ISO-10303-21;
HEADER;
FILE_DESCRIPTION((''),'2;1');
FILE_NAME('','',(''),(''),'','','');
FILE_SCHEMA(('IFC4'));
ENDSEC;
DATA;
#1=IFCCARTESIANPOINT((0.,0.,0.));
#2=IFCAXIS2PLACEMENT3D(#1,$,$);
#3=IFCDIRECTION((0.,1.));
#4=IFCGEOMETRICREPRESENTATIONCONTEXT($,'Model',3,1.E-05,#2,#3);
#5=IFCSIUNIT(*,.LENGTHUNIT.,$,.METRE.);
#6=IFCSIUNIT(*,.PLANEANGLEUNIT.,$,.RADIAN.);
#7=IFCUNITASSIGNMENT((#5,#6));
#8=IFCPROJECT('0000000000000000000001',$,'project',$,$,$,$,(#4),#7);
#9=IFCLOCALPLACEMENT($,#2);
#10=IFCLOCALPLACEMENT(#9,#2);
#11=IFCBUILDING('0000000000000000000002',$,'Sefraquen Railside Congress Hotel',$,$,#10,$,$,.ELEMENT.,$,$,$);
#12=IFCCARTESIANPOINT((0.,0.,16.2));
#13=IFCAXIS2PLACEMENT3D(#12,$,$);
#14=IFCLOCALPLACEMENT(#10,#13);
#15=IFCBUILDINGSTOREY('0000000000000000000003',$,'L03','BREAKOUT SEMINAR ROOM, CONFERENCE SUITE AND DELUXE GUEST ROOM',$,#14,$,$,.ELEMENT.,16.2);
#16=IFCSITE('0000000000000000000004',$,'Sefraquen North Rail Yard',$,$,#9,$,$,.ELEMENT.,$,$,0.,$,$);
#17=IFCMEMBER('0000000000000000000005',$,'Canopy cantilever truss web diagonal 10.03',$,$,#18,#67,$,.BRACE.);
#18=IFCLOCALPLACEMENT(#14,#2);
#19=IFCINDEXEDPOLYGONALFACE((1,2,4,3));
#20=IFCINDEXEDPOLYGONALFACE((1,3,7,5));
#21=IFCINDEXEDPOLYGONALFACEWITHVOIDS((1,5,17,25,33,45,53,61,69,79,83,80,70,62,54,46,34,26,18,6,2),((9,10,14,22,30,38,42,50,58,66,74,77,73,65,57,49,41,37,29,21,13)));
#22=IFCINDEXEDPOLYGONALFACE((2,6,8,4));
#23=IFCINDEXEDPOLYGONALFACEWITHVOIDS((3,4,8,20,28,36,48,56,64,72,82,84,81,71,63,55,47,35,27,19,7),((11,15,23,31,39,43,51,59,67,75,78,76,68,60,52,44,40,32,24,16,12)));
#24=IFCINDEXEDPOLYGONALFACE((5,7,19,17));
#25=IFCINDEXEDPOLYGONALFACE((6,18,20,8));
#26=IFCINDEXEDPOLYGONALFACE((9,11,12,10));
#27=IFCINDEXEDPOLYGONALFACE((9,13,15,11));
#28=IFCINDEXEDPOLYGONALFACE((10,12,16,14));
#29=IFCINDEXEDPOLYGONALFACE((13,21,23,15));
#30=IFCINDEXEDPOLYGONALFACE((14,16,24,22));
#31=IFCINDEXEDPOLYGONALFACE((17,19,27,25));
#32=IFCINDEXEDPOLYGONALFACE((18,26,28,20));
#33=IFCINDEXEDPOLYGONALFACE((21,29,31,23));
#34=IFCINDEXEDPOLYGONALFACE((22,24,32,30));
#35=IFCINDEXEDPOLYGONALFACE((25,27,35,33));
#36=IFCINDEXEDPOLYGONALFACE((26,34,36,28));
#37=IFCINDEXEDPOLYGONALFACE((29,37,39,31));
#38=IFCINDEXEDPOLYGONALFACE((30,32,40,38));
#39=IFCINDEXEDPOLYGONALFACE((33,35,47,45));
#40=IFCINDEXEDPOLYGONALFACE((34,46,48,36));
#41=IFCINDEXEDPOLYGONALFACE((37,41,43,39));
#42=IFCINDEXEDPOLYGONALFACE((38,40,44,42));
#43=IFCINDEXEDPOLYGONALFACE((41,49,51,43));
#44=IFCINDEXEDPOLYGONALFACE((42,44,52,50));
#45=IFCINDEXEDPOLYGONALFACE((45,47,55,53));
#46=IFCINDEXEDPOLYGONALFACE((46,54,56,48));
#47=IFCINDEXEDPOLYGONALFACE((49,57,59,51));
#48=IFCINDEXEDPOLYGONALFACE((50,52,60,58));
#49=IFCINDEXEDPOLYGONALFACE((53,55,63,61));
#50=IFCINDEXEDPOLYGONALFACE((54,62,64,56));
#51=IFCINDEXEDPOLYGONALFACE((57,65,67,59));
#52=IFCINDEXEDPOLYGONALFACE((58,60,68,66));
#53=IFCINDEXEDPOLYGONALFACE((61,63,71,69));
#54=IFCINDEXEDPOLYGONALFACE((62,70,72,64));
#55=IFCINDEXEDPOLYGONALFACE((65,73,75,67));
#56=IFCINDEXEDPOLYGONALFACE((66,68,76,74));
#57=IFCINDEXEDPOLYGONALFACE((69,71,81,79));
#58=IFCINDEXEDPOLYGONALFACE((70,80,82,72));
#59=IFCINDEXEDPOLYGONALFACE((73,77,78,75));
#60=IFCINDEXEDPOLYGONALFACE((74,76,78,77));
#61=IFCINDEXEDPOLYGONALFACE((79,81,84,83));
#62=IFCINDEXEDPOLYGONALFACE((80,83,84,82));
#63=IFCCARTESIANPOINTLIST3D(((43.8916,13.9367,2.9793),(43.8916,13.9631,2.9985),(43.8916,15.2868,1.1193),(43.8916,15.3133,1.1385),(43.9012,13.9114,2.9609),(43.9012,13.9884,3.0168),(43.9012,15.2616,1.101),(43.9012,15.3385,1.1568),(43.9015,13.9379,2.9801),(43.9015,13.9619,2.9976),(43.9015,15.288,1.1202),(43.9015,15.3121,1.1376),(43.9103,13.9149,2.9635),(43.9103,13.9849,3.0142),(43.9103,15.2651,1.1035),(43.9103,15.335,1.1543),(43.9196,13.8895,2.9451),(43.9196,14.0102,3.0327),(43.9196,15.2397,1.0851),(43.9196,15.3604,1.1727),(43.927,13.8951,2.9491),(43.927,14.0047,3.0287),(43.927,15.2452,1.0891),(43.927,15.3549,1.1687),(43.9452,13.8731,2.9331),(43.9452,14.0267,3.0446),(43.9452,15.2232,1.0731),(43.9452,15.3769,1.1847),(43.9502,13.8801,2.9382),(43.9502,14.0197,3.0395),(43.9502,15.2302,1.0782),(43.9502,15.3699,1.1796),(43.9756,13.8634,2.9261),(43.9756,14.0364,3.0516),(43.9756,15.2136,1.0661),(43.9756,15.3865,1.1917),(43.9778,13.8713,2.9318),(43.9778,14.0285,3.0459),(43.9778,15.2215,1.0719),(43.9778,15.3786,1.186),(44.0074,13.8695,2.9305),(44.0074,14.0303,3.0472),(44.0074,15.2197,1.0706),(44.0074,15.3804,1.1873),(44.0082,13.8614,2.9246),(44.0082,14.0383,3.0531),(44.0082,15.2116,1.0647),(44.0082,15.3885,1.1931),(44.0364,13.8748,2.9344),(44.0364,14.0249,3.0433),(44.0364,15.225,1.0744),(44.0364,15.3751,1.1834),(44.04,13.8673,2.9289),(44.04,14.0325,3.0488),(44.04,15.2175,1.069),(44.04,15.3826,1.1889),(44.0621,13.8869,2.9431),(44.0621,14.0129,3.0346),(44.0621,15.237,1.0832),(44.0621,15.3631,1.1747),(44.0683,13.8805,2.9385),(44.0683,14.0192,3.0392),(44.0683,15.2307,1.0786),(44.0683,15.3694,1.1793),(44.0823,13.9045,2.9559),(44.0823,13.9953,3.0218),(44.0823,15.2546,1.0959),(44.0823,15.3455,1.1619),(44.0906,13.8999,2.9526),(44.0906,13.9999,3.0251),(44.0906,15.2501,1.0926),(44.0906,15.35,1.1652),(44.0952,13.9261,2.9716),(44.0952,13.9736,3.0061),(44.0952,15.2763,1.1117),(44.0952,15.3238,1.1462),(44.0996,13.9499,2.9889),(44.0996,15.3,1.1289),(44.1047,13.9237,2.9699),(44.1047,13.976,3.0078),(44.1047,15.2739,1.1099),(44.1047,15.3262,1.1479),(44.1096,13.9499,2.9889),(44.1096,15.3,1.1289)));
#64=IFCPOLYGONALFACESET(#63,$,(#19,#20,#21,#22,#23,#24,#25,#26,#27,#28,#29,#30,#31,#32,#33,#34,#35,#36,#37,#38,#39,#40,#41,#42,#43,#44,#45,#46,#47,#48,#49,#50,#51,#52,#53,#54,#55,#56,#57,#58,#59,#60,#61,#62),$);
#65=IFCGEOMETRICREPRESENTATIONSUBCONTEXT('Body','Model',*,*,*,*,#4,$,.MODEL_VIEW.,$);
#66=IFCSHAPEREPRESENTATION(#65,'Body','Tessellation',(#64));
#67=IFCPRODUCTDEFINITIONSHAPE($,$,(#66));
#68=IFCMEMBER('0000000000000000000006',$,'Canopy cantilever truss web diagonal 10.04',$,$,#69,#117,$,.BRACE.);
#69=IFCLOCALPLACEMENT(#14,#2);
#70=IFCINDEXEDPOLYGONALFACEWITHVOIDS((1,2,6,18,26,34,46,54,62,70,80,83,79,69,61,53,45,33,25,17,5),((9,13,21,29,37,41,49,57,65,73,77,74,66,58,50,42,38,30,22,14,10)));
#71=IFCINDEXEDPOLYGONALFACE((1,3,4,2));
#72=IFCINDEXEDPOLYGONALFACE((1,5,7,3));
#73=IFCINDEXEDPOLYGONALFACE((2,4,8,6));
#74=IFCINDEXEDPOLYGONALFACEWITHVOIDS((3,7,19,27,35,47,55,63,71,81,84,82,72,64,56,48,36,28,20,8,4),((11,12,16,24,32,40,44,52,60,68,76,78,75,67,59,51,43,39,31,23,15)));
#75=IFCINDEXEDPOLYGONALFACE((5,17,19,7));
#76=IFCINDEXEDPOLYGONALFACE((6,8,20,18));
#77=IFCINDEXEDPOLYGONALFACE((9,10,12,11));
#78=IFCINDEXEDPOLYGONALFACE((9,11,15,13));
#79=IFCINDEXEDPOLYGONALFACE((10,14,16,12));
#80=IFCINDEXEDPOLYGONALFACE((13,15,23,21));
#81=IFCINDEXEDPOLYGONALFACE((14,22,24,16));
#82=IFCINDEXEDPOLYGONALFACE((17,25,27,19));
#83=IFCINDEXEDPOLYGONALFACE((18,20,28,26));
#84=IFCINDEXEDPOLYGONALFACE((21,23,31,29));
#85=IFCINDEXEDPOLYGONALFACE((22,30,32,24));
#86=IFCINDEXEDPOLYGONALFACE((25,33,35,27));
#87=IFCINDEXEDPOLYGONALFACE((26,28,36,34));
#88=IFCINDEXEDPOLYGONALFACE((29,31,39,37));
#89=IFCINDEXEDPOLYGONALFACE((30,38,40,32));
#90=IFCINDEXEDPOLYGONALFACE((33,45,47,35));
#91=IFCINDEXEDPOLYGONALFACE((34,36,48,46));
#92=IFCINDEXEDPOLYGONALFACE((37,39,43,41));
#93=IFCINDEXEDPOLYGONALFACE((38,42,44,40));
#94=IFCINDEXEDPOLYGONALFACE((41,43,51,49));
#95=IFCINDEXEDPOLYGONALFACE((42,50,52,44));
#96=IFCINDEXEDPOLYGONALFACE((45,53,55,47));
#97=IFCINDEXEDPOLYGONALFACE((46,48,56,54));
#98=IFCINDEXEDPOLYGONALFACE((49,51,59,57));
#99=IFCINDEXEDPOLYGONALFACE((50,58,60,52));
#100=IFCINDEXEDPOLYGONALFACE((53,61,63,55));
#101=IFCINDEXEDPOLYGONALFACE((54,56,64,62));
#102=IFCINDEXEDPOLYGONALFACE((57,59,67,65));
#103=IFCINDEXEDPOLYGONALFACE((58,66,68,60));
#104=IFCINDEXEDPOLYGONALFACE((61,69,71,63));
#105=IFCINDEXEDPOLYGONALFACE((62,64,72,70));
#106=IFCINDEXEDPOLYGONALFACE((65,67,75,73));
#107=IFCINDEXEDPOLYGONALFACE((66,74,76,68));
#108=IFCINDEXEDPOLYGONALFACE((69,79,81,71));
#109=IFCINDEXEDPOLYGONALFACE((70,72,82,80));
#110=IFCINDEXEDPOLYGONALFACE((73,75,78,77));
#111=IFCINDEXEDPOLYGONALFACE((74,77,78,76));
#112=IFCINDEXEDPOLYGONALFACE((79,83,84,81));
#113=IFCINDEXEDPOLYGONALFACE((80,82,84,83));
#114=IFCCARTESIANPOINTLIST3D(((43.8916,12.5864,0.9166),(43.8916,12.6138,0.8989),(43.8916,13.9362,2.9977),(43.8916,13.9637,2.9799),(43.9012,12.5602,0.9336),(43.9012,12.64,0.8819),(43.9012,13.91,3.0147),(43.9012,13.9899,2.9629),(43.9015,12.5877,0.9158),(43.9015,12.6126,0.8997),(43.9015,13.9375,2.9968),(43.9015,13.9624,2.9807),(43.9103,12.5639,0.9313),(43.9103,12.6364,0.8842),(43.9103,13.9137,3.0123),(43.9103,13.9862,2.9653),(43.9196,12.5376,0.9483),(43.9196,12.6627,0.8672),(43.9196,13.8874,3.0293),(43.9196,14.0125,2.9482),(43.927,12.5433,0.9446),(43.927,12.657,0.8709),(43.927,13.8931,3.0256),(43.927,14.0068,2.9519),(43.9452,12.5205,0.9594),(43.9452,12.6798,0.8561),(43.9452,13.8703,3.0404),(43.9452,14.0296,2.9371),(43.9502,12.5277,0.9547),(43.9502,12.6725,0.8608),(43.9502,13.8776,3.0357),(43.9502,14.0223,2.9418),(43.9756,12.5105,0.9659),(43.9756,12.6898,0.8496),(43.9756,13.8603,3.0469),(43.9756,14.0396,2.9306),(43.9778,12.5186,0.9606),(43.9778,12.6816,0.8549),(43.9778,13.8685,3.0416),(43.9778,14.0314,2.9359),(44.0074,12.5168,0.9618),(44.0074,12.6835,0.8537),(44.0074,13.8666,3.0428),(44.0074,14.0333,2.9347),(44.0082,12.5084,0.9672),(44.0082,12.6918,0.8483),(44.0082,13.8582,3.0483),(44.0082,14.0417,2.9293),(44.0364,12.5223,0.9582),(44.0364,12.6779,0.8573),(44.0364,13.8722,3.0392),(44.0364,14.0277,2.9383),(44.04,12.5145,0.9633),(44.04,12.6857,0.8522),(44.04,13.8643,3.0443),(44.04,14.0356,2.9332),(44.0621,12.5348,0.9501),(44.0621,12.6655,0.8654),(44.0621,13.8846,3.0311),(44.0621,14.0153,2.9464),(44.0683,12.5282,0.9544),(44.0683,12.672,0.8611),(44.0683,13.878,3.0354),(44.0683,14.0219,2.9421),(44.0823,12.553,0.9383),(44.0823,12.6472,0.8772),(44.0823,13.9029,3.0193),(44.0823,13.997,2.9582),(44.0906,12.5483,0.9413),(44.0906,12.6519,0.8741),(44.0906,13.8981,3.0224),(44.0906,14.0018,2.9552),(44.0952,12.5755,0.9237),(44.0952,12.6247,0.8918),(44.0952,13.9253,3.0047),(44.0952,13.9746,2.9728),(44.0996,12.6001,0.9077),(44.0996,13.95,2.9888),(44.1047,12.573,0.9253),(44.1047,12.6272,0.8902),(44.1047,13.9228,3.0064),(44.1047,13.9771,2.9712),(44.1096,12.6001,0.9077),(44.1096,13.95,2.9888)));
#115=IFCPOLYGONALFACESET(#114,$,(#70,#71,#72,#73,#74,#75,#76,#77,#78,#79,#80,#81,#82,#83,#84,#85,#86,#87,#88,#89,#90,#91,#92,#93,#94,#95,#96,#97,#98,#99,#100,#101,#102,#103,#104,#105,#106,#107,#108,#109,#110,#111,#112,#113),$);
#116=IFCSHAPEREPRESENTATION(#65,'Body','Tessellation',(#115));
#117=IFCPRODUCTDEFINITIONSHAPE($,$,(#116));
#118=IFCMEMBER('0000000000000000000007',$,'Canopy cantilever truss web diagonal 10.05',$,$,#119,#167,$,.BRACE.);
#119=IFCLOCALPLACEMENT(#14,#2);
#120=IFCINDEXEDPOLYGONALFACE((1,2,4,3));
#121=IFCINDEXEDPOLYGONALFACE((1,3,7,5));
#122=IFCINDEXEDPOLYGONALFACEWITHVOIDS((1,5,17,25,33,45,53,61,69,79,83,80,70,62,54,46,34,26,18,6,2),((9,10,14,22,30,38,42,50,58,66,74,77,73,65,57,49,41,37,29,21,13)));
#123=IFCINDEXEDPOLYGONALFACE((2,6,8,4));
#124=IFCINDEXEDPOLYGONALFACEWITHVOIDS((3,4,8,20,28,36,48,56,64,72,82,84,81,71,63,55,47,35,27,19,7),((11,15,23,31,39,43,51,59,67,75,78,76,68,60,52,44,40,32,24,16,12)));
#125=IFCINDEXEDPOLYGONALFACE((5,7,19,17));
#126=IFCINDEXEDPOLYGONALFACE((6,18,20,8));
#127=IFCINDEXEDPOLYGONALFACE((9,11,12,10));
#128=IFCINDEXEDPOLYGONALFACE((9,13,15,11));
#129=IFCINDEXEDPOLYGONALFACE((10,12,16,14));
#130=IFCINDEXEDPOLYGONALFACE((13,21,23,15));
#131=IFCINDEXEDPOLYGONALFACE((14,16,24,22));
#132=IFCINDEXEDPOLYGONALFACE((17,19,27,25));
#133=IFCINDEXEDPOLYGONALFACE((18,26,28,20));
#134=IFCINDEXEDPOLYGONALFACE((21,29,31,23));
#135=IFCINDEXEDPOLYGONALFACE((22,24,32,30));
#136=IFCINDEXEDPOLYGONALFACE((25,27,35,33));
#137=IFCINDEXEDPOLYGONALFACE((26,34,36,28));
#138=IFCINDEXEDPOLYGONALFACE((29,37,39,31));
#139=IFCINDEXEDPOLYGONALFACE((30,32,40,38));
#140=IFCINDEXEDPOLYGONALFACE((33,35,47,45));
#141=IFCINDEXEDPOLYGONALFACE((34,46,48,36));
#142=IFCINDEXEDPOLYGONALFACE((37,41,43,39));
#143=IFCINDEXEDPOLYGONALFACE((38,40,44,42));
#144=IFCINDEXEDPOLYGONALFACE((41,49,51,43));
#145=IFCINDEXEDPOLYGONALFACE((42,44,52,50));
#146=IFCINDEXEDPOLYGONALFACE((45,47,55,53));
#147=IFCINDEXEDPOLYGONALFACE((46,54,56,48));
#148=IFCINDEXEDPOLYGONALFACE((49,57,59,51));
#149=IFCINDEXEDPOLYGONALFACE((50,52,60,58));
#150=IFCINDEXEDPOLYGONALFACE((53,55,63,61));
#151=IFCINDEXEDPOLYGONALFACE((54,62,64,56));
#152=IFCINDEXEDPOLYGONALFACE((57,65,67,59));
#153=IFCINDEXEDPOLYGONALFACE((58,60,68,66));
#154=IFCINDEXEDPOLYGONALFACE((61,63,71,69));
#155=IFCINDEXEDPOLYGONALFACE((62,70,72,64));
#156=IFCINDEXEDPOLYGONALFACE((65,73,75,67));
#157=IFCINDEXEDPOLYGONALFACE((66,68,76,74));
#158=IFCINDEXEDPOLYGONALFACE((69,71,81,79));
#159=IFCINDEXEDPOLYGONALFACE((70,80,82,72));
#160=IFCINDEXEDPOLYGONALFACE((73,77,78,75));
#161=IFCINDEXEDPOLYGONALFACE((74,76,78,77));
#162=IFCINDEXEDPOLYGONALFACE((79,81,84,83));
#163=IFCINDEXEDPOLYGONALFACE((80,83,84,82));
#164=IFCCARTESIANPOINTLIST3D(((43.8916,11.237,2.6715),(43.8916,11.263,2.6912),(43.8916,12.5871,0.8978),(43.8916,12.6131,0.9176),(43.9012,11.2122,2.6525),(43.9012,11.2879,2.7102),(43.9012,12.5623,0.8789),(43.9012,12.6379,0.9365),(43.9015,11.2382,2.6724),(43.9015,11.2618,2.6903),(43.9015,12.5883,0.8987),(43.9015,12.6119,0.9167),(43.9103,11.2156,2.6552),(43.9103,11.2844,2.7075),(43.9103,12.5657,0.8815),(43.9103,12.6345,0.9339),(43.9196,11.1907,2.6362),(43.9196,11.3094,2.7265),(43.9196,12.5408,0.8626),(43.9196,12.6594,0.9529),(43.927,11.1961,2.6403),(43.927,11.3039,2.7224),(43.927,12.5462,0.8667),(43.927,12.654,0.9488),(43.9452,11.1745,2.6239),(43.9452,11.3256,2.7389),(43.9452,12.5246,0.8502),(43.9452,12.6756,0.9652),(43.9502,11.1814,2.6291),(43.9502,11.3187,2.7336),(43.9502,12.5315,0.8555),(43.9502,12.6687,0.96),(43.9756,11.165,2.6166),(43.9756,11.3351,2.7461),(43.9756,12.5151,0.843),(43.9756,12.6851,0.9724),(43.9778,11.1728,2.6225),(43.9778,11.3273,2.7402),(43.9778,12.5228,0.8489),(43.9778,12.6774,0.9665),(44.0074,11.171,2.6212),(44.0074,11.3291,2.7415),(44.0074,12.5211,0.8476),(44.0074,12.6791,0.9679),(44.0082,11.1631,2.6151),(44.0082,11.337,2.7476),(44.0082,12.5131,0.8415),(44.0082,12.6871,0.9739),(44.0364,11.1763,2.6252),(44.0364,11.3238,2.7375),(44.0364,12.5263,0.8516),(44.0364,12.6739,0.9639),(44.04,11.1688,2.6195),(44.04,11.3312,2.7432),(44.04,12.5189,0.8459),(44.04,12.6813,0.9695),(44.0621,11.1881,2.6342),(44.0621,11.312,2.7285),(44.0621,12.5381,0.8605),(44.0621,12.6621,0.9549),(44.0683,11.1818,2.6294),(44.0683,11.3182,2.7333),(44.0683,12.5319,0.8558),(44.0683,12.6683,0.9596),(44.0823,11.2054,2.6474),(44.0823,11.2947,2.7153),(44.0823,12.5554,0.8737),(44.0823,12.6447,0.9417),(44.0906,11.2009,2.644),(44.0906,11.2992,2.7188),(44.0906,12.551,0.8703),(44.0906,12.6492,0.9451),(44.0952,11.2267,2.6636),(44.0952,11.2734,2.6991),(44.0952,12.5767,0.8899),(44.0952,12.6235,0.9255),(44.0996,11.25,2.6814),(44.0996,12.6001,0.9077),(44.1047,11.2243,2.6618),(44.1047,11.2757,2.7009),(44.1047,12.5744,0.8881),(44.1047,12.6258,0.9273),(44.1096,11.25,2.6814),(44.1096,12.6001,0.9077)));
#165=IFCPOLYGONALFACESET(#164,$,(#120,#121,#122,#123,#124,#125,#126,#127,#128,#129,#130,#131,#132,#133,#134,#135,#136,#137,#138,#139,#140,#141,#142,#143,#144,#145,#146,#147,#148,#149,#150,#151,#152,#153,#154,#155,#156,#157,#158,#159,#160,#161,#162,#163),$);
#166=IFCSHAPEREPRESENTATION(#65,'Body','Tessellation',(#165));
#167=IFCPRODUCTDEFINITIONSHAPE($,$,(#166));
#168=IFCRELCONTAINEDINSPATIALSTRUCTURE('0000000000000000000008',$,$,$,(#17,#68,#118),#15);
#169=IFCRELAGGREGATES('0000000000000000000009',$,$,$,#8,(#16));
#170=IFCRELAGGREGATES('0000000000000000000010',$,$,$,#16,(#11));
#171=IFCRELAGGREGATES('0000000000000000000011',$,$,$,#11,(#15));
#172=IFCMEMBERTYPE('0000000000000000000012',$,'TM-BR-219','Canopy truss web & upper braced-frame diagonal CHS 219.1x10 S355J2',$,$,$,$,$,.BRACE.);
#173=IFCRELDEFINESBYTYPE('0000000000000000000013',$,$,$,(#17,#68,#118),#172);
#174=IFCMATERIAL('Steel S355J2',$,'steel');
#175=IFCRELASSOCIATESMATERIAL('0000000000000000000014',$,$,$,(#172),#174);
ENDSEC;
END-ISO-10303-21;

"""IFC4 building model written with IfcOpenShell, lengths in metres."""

from ifc_helpers import new_model, si_unit, direction, frame, origin, origin_2d, place, context, subcontext, project, spatial, hollow_circle, extrude, material, material_profile, profile_set, type_object, element, save


model = new_model("IFC4")

# Units and contexts
model_context = context("Model", 3, precision=1e-05, world=origin(), true_north=direction((0.0, 1.0)))
body_context = subcontext(model_context, "Body", "Model", "MODEL_VIEW")
ifc_project = project(units=[si_unit("LENGTHUNIT", "METRE"), si_unit("PLANEANGLEUNIT", "RADIAN")], contexts=[model_context])

# Site, building, storey
site_placement = place(None, origin())
site = spatial("IfcSite", under=ifc_project, at=site_placement, Name="Sefraquen North Rail Yard", CompositionType="ELEMENT", RefElevation=0.0)
building_placement = place(site_placement, origin())
building = spatial("IfcBuilding", under=site, at=building_placement, Name="Sefraquen Railside Congress Hotel", CompositionType="ELEMENT")
storey_placement = place(building_placement, frame((0.0, 0.0, 16.2)))
storey = spatial("IfcBuildingStorey", under=building, at=storey_placement, Name="L03", Description="BREAKOUT SEMINAR ROOM, CONFERENCE SUITE AND DELUXE GUEST ROOM", CompositionType="ELEMENT", Elevation=16.2)

# Shared definitions
ifc_material_1 = material(Name="Steel S355J2", Category="steel")

# Members
ifc_material_profile_1 = material_profile(ifc_material_1, hollow_circle(Radius=0.1096, WallThickness=0.01, at=origin_2d()), Name="CHS 219.1x10")
ifc_profile_set_1 = profile_set([ifc_material_profile_1], Name="Steel S355J2")
member_type_1 = type_object("IfcMemberType", Name="TM-BR-219", Description="Canopy truss web & upper braced-frame diagonal CHS 219.1x10 S355J2", PredefinedType="BRACE", material=ifc_profile_set_1)
member_1_placement = place(storey_placement, frame((44.0, 15.3, 1.1289), z_axis=(0.0, -0.587451, 0.809259), x_axis=(1.0, 0.0, 0.0)))
element("IfcMember", 1, at=member_1_placement, inside=storey, type_object=member_type_1, Name="Canopy cantilever truss web diagonal 10.03", PredefinedType="BRACE", context=body_context, shape_type="SweptSolid", body=[
    extrude(hollow_circle(Radius=0.1096, WallThickness=0.01, at=origin_2d()), origin(), (0.0, 0.0, 1.0), 2.2983),
])
member_2_placement = place(storey_placement, frame((44.0, 13.95, 2.9888), z_axis=(0.0, -0.544185, -0.838965), x_axis=(1.0, 0.0, 0.0)))
element("IfcMember", 2, at=member_2_placement, inside=storey, type_object=member_type_1, Name="Canopy cantilever truss web diagonal 10.04", PredefinedType="BRACE", context=body_context, shape_type="SweptSolid", body=[
    extrude(hollow_circle(Radius=0.1096, WallThickness=0.01, at=origin_2d()), origin(), (0.0, 0.0, 1.0), 2.4805),
])
member_3_placement = place(storey_placement, frame((44.0, 12.6001, 0.9077), z_axis=(0.0, -0.60568, 0.795708), x_axis=(1.0, 0.0, 0.0)))
element("IfcMember", 3, at=member_3_placement, inside=storey, type_object=member_type_1, Name="Canopy cantilever truss web diagonal 10.05", PredefinedType="BRACE", context=body_context, shape_type="SweptSolid", body=[
    extrude(hollow_circle(Radius=0.1096, WallThickness=0.01, at=origin_2d()), origin(), (0.0, 0.0, 1.0), 2.229),
])

save(model, "model.ifc")
